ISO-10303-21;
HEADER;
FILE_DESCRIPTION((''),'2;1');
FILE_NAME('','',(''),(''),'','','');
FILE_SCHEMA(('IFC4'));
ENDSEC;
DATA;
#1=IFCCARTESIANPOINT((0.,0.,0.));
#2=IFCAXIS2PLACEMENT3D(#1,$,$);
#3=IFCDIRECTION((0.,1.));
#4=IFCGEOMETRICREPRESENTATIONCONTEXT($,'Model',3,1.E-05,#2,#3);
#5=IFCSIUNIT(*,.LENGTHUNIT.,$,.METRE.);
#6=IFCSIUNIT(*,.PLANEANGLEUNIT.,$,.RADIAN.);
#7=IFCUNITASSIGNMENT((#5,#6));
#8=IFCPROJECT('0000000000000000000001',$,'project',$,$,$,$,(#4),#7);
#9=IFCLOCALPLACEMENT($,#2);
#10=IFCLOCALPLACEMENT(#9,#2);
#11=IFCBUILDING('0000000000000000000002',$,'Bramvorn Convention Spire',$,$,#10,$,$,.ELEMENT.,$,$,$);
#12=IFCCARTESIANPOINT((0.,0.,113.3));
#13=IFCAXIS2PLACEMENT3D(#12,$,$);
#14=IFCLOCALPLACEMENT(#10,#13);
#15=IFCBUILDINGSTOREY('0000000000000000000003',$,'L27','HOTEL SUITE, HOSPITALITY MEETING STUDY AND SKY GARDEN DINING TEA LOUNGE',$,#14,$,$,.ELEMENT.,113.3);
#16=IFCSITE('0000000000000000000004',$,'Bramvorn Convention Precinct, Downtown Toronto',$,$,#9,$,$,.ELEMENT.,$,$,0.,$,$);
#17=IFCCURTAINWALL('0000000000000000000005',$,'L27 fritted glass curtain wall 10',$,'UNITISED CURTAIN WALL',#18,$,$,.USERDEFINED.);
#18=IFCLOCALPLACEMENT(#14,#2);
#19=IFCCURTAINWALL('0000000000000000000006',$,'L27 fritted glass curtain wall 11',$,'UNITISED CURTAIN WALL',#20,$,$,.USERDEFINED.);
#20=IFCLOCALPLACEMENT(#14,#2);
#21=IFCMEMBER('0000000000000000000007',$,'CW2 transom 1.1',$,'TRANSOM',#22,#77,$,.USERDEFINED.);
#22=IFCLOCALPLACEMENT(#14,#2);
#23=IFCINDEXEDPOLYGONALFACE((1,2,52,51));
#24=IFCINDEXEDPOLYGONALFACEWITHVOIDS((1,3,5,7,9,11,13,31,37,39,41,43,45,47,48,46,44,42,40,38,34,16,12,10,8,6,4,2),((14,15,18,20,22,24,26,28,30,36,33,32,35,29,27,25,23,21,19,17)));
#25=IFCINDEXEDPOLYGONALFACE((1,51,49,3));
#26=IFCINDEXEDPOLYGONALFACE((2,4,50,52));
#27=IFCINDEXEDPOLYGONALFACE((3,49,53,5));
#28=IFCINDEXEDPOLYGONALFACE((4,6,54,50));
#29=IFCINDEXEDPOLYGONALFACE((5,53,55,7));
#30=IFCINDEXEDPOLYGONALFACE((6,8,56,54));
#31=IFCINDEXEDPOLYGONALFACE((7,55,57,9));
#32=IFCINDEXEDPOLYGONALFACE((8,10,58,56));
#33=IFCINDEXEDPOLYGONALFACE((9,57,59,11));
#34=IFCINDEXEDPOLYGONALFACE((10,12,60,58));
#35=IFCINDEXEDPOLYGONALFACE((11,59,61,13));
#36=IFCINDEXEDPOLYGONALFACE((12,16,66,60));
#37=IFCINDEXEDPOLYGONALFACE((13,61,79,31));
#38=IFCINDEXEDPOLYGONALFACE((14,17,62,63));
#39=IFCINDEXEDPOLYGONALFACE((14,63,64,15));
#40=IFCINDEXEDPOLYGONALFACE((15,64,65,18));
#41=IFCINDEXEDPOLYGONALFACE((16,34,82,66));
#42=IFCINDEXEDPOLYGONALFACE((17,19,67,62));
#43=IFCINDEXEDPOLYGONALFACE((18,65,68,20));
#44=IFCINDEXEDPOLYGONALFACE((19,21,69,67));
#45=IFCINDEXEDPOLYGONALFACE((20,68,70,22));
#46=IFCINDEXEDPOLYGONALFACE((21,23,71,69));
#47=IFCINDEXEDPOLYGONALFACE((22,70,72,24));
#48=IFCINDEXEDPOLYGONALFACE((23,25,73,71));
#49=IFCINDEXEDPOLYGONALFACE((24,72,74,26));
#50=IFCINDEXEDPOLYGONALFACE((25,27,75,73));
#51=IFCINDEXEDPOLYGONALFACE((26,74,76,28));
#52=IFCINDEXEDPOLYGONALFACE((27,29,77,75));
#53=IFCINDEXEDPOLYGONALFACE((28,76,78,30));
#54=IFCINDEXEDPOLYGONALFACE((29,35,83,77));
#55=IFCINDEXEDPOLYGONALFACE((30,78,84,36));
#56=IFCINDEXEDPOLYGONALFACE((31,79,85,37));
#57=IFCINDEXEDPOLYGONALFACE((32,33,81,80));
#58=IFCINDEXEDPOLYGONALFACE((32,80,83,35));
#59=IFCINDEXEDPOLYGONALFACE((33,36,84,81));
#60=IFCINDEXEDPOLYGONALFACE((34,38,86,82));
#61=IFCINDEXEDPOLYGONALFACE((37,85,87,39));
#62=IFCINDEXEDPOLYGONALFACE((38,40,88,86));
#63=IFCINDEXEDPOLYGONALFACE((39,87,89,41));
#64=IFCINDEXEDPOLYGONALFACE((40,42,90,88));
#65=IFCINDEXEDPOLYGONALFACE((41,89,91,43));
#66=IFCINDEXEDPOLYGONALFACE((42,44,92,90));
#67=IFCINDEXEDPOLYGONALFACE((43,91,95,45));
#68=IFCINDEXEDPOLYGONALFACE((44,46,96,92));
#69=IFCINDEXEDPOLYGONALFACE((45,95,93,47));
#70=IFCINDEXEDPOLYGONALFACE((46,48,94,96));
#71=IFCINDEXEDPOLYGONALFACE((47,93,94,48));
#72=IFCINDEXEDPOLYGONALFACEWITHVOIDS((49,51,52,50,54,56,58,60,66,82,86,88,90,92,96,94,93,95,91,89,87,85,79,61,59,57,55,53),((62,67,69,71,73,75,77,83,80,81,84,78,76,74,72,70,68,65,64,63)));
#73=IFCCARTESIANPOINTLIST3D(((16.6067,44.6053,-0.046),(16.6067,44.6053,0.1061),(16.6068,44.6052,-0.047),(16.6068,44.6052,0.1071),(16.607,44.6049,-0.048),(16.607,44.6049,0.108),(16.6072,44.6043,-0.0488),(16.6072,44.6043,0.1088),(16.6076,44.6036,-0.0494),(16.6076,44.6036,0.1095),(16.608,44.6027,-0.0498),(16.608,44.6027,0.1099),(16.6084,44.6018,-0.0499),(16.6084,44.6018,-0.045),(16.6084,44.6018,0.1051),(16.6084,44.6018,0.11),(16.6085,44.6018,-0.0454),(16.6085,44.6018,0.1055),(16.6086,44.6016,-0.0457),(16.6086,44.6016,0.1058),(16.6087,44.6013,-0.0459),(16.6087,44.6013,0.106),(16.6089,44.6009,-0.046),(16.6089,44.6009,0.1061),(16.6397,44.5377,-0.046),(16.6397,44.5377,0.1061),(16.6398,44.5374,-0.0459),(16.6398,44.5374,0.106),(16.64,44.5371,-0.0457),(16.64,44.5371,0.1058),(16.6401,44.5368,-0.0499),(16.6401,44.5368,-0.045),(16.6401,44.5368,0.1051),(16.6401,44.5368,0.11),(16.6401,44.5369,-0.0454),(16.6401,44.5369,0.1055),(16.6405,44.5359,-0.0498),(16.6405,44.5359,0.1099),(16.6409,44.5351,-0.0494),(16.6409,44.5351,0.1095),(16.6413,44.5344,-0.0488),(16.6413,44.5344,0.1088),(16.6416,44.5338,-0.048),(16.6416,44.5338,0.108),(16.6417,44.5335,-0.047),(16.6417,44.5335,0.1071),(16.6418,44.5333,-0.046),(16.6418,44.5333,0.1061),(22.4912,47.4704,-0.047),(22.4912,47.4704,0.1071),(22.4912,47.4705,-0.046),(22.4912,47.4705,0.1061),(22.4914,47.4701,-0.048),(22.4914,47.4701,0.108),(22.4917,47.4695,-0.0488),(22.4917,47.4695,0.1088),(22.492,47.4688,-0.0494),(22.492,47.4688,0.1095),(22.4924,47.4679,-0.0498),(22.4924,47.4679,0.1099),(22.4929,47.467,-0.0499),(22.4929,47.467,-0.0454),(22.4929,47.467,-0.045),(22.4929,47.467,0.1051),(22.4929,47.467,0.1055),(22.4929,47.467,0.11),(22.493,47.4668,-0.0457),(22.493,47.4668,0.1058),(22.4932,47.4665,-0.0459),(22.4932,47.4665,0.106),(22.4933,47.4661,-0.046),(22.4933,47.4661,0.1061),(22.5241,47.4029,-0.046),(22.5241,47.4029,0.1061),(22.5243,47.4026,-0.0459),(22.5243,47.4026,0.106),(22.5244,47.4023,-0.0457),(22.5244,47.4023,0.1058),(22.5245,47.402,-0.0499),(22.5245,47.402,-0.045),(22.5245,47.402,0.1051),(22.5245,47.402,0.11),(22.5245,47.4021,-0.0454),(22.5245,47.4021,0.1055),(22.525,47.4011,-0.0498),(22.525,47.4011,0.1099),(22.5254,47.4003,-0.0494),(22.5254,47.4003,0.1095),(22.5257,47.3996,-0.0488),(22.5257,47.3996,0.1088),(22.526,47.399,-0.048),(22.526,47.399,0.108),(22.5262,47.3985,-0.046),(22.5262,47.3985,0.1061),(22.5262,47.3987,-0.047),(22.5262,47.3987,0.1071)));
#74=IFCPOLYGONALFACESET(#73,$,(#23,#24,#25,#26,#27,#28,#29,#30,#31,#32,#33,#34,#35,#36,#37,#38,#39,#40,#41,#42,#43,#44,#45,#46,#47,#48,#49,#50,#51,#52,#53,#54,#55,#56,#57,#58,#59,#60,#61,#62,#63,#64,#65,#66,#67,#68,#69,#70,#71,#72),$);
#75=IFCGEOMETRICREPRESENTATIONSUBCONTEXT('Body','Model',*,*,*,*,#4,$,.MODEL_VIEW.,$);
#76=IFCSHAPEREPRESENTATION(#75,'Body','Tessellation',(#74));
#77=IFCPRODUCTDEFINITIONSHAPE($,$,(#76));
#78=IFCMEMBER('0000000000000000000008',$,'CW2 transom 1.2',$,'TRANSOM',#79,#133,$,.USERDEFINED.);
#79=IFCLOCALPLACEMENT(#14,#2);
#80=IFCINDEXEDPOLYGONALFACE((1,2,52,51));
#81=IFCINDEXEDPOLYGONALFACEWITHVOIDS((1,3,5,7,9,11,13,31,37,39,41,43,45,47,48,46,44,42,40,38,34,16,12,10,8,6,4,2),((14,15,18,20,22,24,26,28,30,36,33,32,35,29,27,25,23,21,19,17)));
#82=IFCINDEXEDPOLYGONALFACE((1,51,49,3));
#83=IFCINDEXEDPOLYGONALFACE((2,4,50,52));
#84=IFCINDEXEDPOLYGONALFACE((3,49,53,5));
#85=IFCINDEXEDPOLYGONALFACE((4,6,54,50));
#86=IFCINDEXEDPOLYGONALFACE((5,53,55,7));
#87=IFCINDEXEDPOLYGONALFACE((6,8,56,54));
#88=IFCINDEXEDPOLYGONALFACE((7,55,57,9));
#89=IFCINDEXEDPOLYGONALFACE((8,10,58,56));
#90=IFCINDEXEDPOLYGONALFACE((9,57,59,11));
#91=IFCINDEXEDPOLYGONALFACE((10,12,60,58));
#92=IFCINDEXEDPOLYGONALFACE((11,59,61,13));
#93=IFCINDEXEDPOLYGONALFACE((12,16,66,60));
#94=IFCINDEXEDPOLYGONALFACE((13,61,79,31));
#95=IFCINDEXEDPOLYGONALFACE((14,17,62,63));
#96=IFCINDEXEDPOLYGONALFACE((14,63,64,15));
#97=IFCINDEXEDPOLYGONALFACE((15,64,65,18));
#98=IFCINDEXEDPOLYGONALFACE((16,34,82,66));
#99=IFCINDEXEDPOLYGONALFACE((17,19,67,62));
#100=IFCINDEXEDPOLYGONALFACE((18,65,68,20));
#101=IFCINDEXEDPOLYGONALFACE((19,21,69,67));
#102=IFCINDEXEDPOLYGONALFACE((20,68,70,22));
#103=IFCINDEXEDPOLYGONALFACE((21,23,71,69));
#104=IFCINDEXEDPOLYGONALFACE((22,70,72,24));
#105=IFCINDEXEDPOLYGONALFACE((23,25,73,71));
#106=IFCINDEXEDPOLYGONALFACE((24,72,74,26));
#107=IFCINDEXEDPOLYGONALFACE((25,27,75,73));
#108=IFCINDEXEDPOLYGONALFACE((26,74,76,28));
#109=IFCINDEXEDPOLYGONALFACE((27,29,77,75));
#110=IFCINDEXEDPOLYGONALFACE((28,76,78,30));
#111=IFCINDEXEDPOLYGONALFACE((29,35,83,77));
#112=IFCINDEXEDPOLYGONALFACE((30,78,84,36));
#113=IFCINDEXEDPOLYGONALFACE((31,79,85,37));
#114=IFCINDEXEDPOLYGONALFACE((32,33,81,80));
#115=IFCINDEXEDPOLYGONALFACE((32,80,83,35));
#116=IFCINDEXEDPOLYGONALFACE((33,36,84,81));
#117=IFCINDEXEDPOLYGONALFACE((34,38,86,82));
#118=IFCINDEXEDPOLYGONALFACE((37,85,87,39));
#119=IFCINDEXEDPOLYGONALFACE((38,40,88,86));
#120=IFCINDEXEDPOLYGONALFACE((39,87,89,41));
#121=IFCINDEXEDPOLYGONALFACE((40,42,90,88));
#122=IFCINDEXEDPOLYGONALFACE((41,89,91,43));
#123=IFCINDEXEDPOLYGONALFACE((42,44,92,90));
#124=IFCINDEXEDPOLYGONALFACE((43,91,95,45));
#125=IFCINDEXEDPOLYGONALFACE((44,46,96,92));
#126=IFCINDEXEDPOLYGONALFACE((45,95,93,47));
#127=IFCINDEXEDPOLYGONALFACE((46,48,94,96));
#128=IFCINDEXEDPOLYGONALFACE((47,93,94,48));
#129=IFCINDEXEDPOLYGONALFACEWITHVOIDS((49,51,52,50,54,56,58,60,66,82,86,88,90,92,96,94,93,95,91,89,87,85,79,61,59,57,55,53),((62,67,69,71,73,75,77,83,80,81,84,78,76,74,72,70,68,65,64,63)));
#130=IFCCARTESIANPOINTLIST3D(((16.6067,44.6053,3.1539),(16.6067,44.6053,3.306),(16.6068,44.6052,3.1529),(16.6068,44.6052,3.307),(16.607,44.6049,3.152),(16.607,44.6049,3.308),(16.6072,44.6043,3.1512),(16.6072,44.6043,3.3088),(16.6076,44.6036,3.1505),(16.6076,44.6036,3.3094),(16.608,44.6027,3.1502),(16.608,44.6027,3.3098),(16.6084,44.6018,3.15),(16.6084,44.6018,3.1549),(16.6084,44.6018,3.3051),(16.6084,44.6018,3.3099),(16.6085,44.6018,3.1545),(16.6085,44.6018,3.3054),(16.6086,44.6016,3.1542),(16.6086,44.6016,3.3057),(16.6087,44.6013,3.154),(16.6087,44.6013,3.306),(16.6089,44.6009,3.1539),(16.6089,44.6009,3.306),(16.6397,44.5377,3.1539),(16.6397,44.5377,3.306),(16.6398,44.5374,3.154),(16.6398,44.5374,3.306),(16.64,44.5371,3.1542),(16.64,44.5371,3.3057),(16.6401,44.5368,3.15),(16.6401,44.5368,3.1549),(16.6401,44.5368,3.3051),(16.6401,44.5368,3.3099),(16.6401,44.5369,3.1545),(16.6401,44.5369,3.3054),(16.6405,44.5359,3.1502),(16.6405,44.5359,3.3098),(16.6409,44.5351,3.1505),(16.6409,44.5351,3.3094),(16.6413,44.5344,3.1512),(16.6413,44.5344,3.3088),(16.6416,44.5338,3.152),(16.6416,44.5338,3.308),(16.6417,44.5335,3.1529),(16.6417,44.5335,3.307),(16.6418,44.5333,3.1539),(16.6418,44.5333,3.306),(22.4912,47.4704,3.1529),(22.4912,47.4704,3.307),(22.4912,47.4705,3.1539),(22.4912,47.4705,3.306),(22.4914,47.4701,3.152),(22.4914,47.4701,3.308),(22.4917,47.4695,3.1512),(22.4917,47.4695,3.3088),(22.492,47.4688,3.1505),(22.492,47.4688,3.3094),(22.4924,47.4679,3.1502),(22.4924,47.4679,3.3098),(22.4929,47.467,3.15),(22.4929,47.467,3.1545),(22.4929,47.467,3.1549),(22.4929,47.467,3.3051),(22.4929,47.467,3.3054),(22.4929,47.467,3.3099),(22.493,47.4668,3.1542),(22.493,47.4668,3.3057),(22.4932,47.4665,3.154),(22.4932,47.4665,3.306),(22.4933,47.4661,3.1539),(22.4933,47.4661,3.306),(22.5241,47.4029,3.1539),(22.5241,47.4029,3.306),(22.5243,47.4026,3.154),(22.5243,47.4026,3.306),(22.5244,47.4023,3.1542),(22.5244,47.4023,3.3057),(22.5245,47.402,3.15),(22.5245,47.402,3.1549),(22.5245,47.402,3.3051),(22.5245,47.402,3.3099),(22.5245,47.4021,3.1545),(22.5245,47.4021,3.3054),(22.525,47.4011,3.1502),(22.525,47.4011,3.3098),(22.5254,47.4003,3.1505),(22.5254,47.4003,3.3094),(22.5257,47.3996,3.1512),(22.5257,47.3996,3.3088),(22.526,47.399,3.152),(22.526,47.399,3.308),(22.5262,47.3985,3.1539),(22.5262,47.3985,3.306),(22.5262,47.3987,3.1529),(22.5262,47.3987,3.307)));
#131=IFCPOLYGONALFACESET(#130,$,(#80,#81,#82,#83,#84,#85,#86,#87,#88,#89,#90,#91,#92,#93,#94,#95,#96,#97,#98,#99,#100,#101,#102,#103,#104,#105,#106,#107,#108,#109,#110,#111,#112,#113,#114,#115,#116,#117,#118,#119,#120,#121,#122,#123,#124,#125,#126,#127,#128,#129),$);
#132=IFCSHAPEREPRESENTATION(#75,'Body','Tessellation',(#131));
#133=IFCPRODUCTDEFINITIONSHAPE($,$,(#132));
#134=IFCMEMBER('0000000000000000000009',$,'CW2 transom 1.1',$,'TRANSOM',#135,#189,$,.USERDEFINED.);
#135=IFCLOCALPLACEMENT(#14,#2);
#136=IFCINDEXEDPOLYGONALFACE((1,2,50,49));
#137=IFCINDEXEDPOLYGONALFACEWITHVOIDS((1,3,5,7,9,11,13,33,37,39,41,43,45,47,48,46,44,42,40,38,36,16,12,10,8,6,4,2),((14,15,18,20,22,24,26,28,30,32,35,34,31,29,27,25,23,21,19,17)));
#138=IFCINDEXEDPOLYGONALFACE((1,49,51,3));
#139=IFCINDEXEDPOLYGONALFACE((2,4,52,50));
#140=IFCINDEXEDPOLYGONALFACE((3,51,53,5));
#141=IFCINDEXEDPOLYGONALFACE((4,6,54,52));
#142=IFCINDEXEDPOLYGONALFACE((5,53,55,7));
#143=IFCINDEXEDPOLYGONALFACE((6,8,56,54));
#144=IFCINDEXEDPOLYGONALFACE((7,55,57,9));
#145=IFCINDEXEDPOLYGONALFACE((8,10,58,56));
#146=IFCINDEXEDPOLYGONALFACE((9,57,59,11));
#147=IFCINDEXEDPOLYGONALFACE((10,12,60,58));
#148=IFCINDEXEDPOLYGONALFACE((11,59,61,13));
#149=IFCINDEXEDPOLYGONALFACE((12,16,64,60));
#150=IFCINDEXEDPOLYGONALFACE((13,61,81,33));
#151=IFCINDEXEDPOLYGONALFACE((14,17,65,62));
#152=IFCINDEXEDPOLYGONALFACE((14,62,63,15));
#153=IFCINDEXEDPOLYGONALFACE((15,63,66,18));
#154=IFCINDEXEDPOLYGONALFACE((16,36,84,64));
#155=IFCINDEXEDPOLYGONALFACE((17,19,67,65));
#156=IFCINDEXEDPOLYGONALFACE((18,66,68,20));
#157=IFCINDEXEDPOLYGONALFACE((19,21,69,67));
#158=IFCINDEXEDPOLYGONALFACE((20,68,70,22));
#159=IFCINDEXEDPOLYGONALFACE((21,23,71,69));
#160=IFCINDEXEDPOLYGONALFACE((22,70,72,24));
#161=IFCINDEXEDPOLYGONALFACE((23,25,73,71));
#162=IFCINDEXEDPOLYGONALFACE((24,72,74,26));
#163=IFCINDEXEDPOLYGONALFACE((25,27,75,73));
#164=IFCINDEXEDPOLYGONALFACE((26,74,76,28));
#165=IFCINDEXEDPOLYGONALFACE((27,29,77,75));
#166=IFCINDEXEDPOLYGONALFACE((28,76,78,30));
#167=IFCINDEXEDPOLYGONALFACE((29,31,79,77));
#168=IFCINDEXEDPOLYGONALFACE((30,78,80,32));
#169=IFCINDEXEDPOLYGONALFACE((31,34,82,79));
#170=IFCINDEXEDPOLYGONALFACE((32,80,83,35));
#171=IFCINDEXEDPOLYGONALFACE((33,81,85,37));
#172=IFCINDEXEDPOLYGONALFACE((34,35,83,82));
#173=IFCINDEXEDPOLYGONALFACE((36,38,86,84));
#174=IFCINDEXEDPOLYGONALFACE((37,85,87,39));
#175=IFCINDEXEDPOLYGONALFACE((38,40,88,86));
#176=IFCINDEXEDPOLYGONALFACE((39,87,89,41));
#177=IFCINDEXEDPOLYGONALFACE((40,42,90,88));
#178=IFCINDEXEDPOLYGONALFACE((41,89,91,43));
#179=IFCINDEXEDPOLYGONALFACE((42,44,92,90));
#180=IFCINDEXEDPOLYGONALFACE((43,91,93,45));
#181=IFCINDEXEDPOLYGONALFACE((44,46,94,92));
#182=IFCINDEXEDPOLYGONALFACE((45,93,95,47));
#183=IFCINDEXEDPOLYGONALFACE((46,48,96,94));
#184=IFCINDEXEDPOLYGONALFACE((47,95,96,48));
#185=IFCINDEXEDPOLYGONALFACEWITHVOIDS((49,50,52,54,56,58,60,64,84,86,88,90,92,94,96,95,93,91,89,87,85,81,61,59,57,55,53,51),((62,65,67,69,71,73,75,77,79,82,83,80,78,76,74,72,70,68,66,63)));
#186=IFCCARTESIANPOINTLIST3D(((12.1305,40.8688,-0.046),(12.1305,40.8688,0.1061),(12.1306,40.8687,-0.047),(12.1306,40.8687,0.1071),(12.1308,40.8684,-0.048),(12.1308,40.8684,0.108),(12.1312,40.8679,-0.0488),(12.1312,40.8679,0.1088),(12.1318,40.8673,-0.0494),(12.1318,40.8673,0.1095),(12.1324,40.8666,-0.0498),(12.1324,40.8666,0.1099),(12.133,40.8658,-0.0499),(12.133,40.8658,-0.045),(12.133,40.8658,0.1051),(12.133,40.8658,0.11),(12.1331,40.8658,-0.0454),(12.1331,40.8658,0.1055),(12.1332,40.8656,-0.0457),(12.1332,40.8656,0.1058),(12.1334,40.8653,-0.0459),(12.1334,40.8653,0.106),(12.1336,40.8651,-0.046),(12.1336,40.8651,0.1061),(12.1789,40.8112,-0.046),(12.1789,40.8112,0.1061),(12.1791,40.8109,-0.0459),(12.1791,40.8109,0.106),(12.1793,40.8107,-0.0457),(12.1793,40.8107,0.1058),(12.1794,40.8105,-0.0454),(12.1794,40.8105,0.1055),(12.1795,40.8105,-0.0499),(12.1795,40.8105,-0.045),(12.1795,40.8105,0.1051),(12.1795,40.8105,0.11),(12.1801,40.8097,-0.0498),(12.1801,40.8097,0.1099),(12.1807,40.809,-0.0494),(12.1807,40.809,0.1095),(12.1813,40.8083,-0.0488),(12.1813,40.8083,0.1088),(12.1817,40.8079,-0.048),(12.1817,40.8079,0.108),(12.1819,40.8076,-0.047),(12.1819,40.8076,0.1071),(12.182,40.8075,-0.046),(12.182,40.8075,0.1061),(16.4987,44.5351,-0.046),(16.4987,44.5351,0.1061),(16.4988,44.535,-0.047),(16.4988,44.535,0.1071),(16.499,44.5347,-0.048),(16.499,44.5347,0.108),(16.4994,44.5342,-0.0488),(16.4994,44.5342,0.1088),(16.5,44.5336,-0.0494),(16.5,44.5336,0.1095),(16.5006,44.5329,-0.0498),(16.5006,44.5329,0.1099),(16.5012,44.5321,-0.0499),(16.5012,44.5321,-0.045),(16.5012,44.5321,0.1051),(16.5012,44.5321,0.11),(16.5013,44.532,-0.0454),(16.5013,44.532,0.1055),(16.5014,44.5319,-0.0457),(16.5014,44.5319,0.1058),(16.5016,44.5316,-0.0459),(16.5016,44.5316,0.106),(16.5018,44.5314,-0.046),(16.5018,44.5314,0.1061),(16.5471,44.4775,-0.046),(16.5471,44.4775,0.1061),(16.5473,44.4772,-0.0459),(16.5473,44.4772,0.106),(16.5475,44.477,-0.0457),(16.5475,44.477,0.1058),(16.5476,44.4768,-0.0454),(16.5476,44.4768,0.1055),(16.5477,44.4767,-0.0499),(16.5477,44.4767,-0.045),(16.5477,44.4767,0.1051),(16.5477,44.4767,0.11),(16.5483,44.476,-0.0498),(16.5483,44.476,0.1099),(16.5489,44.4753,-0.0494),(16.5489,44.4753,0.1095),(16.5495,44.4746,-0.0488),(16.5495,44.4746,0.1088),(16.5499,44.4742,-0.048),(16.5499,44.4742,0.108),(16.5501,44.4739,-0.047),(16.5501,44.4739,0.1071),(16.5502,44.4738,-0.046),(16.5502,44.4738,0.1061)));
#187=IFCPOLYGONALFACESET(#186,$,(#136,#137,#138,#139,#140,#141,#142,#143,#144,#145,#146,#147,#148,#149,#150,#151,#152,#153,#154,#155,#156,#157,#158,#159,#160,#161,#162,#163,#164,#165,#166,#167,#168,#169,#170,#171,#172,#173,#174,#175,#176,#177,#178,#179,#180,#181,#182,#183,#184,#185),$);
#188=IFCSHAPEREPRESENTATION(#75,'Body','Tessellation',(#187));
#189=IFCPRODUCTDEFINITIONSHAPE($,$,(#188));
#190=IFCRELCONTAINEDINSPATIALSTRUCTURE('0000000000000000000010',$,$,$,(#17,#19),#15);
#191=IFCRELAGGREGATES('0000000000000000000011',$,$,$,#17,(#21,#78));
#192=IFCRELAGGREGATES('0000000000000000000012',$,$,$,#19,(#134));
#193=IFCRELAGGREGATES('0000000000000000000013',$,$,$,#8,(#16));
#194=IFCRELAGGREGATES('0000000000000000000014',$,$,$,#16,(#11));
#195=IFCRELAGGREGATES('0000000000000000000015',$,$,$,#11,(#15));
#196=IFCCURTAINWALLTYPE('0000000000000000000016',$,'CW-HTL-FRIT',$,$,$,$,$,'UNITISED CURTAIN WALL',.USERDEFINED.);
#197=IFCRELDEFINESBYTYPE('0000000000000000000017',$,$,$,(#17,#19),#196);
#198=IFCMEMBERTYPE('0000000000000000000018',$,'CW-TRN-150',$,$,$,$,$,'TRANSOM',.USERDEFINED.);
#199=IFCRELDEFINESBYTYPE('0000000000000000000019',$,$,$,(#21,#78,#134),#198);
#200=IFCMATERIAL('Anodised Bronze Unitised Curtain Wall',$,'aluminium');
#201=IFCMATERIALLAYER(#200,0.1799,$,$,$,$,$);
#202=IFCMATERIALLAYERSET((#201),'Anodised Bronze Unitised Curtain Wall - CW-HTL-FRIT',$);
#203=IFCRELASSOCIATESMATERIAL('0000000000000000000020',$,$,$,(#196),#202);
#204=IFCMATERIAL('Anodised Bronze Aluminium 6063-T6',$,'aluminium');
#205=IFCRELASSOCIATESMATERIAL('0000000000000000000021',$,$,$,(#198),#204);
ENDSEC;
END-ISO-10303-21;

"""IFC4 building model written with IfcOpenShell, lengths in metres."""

from ifc_helpers import new_model, si_unit, direction, frame, origin, origin_2d, place, context, subcontext, project, spatial, hollow_rectangle, extrude, material, layer, layer_set, material_profile, profile_set, type_object, element, aggregate, save


model = new_model("IFC4")

# Units and contexts
model_context = context("Model", 3, precision=1e-05, world=origin(), true_north=direction((0.0, 1.0)))
body_context = subcontext(model_context, "Body", "Model", "MODEL_VIEW")
ifc_project = project(units=[si_unit("LENGTHUNIT", "METRE"), si_unit("PLANEANGLEUNIT", "RADIAN")], contexts=[model_context])

# Site, building, storey
site_placement = place(None, origin())
site = spatial("IfcSite", under=ifc_project, at=site_placement, Name="Bramvorn Convention Precinct, Downtown Toronto", CompositionType="ELEMENT", RefElevation=0.0)
building_placement = place(site_placement, origin())
building = spatial("IfcBuilding", under=site, at=building_placement, Name="Bramvorn Convention Spire", CompositionType="ELEMENT")
storey_placement = place(building_placement, frame((0.0, 0.0, 113.3)))
storey = spatial("IfcBuildingStorey", under=building, at=storey_placement, Name="L27", Description="HOTEL SUITE, HOSPITALITY MEETING STUDY AND SKY GARDEN DINING TEA LOUNGE", CompositionType="ELEMENT", Elevation=113.3)

# Shared definitions
ifc_material_1 = material(Name="Anodised Bronze Unitised Curtain Wall", Category="aluminium")
ifc_layer_1 = layer(ifc_material_1, 0.1799)
ifc_layer_set_1 = layer_set([ifc_layer_1], Name="Anodised Bronze Unitised Curtain Wall - CW-HTL-FRIT")
curtain_wall_type = type_object("IfcCurtainWallType", Name="CW-HTL-FRIT", ElementType="UNITISED CURTAIN WALL", PredefinedType="USERDEFINED", material=ifc_layer_set_1)
ifc_material_2 = material(Name="Anodised Bronze Aluminium 6063-T6", Category="aluminium")

# Curtain walls
curtain_wall_1_placement = place(storey_placement, origin())
curtain_wall_1 = element("IfcCurtainWall", 1, at=curtain_wall_1_placement, inside=storey, type_object=curtain_wall_type, Name="L27 fritted glass curtain wall 10", ObjectType="UNITISED CURTAIN WALL", PredefinedType="USERDEFINED")
curtain_wall_2_placement = place(storey_placement, origin())
curtain_wall_2 = element("IfcCurtainWall", 2, at=curtain_wall_2_placement, inside=storey, type_object=curtain_wall_type, Name="L27 fritted glass curtain wall 11", ObjectType="UNITISED CURTAIN WALL", PredefinedType="USERDEFINED")

# Members
ifc_material_profile_1 = material_profile(ifc_material_2, hollow_rectangle(XDim=0.0801, YDim=0.1599, WallThickness=0.0039, InnerFilletRadius=0.001, OuterFilletRadius=0.0039, at=origin_2d()))
ifc_profile_set_1 = profile_set([ifc_material_profile_1], Name="Anodised Bronze Aluminium 6063-T6 - CWT80X160")
member_type_1 = type_object("IfcMemberType", Name="CW-TRN-150", ElementType="TRANSOM", PredefinedType="USERDEFINED", material=ifc_profile_set_1)
member_1_placement = place(storey_placement, frame((16.6243, 44.5693, 0.03), z_axis=(0.899085, 0.437774, 0.0), x_axis=(-0.437774, 0.899085, 0.0)))
member_1 = element("IfcMember", 3, at=member_1_placement, type_object=member_type_1, Name="CW2 transom 1.1", ObjectType="TRANSOM", PredefinedType="USERDEFINED", context=body_context, shape_type="SweptSolid", body=[
    extrude(hollow_rectangle(XDim=0.0801, YDim=0.1599, WallThickness=0.0039, InnerFilletRadius=0.001, OuterFilletRadius=0.0039, at=origin_2d()), origin(), (0.0, 0.0, 1.0), 6.5449),
])
member_2_placement = place(storey_placement, frame((16.6243, 44.5693, 3.23), z_axis=(0.899085, 0.437774, 0.0), x_axis=(-0.437774, 0.899085, 0.0)))
member_2 = element("IfcMember", 4, at=member_2_placement, type_object=member_type_1, Name="CW2 transom 1.2", ObjectType="TRANSOM", PredefinedType="USERDEFINED", context=body_context, shape_type="SweptSolid", body=[
    extrude(hollow_rectangle(XDim=0.0801, YDim=0.1599, WallThickness=0.0039, InnerFilletRadius=0.001, OuterFilletRadius=0.0039, at=origin_2d()), origin(), (0.0, 0.0, 1.0), 6.5449),
])
member_3_placement = place(storey_placement, frame((12.1562, 40.8381, 0.03), z_axis=(0.765964, 0.642884, 0.0), x_axis=(-0.642884, 0.765964, 0.0)))
member_3 = element("IfcMember", 5, at=member_3_placement, type_object=member_type_1, Name="CW2 transom 1.1", ObjectType="TRANSOM", PredefinedType="USERDEFINED", context=body_context, shape_type="SweptSolid", body=[
    extrude(hollow_rectangle(XDim=0.0801, YDim=0.1599, WallThickness=0.0039, InnerFilletRadius=0.001, OuterFilletRadius=0.0039, at=origin_2d()), origin(), (0.0, 0.0, 1.0), 5.7029),
])

aggregate(curtain_wall_1, [member_1, member_2])
aggregate(curtain_wall_2, [member_3])

save(model, "model.ifc")
